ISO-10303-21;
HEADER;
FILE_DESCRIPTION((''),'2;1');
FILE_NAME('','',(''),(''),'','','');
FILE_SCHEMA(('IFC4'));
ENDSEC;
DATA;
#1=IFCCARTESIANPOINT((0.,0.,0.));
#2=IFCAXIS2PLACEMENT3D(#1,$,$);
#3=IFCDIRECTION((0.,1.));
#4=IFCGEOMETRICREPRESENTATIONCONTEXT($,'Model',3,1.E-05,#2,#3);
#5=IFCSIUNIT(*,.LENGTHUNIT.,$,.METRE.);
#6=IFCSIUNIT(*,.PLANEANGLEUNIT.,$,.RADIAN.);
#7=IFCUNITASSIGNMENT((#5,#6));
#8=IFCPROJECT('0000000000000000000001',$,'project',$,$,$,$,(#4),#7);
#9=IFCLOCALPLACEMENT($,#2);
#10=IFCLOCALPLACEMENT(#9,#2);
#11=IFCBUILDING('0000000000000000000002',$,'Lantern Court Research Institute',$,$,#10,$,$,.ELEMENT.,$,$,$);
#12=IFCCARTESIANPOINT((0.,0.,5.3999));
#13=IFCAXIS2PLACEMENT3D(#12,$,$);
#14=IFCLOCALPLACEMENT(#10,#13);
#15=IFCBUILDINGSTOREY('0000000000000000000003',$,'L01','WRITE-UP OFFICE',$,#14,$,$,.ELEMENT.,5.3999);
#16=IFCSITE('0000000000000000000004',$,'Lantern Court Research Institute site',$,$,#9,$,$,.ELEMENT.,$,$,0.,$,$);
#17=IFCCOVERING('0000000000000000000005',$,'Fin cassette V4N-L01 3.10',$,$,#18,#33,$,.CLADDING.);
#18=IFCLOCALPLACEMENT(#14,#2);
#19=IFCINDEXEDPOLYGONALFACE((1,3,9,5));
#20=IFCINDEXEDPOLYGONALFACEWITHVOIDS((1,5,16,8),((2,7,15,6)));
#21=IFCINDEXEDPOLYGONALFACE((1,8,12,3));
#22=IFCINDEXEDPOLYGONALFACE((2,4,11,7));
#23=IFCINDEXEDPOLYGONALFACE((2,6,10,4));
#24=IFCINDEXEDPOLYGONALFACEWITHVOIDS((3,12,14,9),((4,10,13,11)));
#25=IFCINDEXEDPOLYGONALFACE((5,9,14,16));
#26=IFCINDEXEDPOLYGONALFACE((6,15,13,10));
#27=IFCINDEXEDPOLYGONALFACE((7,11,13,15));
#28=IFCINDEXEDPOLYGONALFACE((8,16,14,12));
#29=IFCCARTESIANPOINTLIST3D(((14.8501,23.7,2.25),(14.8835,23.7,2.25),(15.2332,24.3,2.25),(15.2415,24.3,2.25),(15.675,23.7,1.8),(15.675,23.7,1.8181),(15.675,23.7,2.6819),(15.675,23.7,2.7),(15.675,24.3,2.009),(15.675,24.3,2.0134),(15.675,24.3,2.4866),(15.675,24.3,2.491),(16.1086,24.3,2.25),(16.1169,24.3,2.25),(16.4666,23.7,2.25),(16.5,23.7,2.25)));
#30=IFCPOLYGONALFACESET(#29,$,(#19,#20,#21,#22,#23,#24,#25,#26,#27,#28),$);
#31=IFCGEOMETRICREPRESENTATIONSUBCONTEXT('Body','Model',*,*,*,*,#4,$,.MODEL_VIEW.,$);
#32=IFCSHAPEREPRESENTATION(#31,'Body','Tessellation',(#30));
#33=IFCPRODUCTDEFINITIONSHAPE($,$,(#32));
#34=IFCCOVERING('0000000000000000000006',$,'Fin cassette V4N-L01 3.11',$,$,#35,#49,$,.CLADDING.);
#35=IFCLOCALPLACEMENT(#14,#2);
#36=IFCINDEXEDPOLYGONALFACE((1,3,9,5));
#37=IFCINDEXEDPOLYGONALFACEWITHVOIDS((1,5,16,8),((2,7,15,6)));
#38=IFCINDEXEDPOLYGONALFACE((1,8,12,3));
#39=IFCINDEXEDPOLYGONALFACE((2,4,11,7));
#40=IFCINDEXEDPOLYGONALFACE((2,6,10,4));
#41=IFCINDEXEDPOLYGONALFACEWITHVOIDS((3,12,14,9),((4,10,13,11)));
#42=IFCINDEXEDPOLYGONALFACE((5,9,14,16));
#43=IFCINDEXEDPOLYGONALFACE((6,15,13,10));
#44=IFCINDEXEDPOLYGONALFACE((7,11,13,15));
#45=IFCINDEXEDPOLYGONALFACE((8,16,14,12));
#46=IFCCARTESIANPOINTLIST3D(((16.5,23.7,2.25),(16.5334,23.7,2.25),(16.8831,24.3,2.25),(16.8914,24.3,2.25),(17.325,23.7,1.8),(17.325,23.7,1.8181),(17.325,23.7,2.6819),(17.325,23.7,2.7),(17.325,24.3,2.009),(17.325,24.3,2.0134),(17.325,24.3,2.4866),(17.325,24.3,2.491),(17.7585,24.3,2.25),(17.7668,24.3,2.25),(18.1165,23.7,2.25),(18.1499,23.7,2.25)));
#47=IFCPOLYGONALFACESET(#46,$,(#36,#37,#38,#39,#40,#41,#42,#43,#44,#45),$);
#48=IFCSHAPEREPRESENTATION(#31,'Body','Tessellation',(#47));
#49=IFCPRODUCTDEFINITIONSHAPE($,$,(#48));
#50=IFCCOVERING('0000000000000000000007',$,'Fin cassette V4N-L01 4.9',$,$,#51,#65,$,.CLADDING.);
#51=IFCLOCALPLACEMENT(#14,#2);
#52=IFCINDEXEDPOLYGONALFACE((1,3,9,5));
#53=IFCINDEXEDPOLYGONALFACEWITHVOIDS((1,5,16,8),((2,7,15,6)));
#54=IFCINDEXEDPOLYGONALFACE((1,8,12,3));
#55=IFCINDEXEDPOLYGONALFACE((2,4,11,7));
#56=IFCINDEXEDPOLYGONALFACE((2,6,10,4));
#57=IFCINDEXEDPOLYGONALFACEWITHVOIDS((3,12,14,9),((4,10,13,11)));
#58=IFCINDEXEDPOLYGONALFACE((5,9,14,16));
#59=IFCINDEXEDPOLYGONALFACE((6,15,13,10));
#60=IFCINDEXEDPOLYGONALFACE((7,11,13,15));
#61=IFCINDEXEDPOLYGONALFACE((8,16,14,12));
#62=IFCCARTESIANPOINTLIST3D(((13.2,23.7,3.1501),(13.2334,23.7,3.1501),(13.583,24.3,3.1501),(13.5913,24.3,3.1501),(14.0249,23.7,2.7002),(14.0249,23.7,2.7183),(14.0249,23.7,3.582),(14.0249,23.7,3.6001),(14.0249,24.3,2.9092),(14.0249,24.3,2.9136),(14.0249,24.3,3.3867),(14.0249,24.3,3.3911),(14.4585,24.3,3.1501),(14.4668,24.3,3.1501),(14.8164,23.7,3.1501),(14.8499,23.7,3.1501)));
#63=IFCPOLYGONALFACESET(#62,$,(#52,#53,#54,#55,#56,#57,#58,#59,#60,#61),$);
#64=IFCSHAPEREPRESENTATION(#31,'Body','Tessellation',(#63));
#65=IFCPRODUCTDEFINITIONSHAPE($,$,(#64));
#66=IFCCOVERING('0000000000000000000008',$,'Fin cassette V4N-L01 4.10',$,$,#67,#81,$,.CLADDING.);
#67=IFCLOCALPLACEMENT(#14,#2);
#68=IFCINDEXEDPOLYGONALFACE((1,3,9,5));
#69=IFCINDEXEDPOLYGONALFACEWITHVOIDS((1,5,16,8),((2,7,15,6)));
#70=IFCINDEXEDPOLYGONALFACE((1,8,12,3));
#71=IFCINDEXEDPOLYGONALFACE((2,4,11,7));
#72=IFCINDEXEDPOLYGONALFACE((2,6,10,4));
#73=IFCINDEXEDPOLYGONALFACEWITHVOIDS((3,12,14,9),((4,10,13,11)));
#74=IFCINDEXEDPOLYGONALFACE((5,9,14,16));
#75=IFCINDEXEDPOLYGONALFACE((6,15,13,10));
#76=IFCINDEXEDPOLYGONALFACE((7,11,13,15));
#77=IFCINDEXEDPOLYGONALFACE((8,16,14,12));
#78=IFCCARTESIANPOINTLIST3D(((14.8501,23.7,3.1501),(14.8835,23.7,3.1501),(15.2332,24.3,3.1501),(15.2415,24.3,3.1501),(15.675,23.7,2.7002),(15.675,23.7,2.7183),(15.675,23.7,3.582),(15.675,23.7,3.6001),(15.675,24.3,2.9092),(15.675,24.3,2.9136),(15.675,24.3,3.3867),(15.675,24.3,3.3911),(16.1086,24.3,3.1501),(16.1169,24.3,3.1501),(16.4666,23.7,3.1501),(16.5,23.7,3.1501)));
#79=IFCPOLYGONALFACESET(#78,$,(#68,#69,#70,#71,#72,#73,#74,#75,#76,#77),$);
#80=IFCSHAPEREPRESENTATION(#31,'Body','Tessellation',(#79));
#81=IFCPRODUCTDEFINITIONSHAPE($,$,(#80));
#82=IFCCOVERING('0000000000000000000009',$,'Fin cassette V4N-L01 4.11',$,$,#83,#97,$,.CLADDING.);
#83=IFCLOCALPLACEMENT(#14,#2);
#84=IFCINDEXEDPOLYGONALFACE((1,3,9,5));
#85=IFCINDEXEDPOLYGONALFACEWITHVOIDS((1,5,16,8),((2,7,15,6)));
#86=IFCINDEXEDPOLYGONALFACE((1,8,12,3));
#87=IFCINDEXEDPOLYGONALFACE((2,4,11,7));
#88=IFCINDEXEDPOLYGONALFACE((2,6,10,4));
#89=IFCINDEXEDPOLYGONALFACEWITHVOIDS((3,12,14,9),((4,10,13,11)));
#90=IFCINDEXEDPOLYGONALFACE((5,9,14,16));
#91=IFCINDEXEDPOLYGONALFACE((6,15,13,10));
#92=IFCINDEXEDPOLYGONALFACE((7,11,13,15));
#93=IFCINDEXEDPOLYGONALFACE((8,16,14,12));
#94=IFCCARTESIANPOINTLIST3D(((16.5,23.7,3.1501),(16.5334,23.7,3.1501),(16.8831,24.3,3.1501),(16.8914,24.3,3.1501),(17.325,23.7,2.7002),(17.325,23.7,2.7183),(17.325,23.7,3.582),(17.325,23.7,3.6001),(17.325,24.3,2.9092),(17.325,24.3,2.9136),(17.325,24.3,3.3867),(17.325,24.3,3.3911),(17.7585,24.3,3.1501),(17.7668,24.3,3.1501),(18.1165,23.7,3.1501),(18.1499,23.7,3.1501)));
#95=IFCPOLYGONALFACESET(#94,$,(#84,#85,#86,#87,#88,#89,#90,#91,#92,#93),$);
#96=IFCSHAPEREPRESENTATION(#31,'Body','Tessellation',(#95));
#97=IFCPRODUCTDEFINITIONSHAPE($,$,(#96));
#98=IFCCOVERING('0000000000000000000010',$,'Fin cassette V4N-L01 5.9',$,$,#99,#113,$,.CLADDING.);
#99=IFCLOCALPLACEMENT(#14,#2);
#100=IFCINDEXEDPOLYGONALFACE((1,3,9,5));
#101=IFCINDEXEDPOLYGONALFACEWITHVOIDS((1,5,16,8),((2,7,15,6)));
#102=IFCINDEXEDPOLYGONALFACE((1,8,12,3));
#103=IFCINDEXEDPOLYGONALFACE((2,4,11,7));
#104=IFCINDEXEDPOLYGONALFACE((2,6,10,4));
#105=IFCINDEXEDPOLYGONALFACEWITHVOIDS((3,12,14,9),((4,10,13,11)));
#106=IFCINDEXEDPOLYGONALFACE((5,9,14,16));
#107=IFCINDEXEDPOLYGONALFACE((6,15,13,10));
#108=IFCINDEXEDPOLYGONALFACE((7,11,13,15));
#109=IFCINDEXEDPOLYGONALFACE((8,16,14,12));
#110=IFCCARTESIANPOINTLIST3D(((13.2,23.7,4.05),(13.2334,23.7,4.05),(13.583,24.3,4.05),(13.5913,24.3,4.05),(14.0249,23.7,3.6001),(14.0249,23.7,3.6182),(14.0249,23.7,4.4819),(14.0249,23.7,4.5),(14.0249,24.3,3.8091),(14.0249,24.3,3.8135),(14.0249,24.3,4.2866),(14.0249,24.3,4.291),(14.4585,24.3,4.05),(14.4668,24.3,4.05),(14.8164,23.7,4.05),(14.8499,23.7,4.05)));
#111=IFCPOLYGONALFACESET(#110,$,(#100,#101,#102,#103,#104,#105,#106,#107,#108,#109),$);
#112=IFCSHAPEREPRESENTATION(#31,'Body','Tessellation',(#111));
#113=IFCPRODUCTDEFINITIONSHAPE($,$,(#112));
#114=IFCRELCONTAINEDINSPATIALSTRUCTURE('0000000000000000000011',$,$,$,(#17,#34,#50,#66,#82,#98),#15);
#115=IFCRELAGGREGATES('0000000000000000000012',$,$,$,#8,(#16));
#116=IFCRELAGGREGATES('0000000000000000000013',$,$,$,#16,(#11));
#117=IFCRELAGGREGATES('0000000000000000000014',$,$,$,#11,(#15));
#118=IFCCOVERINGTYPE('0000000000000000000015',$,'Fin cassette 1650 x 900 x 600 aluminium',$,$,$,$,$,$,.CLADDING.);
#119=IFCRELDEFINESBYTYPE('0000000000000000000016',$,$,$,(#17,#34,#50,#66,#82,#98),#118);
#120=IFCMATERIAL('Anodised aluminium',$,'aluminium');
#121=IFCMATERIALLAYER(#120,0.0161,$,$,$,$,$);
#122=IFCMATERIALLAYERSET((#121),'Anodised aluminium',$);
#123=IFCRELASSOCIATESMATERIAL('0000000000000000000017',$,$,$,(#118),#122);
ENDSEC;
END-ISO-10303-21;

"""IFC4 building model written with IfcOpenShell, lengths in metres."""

from ifc_helpers import new_model, entity, si_unit, direction, frame, origin, place, context, subcontext, project, spatial, material, layer, layer_set, type_object, element, save


model = new_model("IFC4")

# Units and contexts
model_context = context("Model", 3, precision=1e-05, world=origin(), true_north=direction((0.0, 1.0)))
body_context = subcontext(model_context, "Body", "Model", "MODEL_VIEW")
ifc_project = project(units=[si_unit("LENGTHUNIT", "METRE"), si_unit("PLANEANGLEUNIT", "RADIAN")], contexts=[model_context])

# Site, building, storey
site_placement = place(None, origin())
site = spatial("IfcSite", under=ifc_project, at=site_placement, Name="Lantern Court Research Institute site", CompositionType="ELEMENT", RefElevation=0.0)
building_placement = place(site_placement, origin())
building = spatial("IfcBuilding", under=site, at=building_placement, Name="Lantern Court Research Institute", CompositionType="ELEMENT")
storey_placement = place(building_placement, frame((0.0, 0.0, 5.3999)))
storey = spatial("IfcBuildingStorey", under=building, at=storey_placement, Name="L01", Description="WRITE-UP OFFICE", CompositionType="ELEMENT", Elevation=5.3999)

# Coverings
ifc_material_1 = material(Name="Anodised aluminium", Category="aluminium")
ifc_layer_1 = layer(ifc_material_1, 0.0161)
ifc_layer_set_1 = layer_set([ifc_layer_1], Name="Anodised aluminium")
covering_type = type_object("IfcCoveringType", Name="Fin cassette 1650 x 900 x 600 aluminium", PredefinedType="CLADDING", material=ifc_layer_set_1)
covering_1_placement = place(storey_placement, frame((15.675, 23.7, 2.25), z_axis=(0.0, 1.0, 0.0), x_axis=(-1.0, 0.0, 0.0)))
cartesian_point_1 = entity("IfcCartesianPoint", [0.825, 0.0])
cartesian_point_2 = entity("IfcCartesianPoint", [0.7915, 0.0])
cartesian_point_3 = entity("IfcCartesianPoint", [0.4419, 0.0])
cartesian_point_4 = entity("IfcCartesianPoint", [0.4336, 0.0])
element("IfcCovering", 1, at=covering_1_placement, inside=storey, type_object=covering_type, Name="Fin cassette V4N-L01 3.10", PredefinedType="CLADDING", context=body_context, shape_type="SweptSolid", body=[
    entity("IfcExtrudedAreaSolidTapered", entity("IfcArbitraryProfileDefWithVoids", "AREA", None, entity("IfcPolyline", [cartesian_point_1, entity("IfcCartesianPoint", [0.0, 0.45]), entity("IfcCartesianPoint", [-0.825, 0.0]), entity("IfcCartesianPoint", [0.0, -0.45]), cartesian_point_1]), [entity("IfcPolyline", [cartesian_point_2, entity("IfcCartesianPoint", [0.0, 0.4319]), entity("IfcCartesianPoint", [-0.7915, 0.0]), entity("IfcCartesianPoint", [0.0, -0.4319]), cartesian_point_2])]), entity("IfcAxis2Placement3D", entity("IfcCartesianPoint", [0.0, 0.0, 0.0])), entity("IfcDirection", [0.0, 0.0, 1.0]), 0.6001, entity("IfcArbitraryProfileDefWithVoids", "AREA", None, entity("IfcPolyline", [cartesian_point_3, entity("IfcCartesianPoint", [0.0, 0.241]), entity("IfcCartesianPoint", [-0.4419, 0.0]), entity("IfcCartesianPoint", [0.0, -0.241]), cartesian_point_3]), [entity("IfcPolyline", [cartesian_point_4, entity("IfcCartesianPoint", [0.0, 0.2366]), entity("IfcCartesianPoint", [-0.4336, 0.0]), entity("IfcCartesianPoint", [0.0, -0.2366]), cartesian_point_4])])),
])
covering_2_placement = place(storey_placement, frame((17.325, 23.7, 2.25), z_axis=(0.0, 1.0, 0.0), x_axis=(-1.0, 0.0, 0.0)))
cartesian_point_5 = entity("IfcCartesianPoint", [0.825, 0.0])
cartesian_point_6 = entity("IfcCartesianPoint", [0.7915, 0.0])
cartesian_point_7 = entity("IfcCartesianPoint", [0.4419, 0.0])
cartesian_point_8 = entity("IfcCartesianPoint", [0.4336, 0.0])
element("IfcCovering", 2, at=covering_2_placement, inside=storey, type_object=covering_type, Name="Fin cassette V4N-L01 3.11", PredefinedType="CLADDING", context=body_context, shape_type="SweptSolid", body=[
    entity("IfcExtrudedAreaSolidTapered", entity("IfcArbitraryProfileDefWithVoids", "AREA", None, entity("IfcPolyline", [cartesian_point_5, entity("IfcCartesianPoint", [0.0, 0.45]), entity("IfcCartesianPoint", [-0.825, 0.0]), entity("IfcCartesianPoint", [0.0, -0.45]), cartesian_point_5]), [entity("IfcPolyline", [cartesian_point_6, entity("IfcCartesianPoint", [0.0, 0.4319]), entity("IfcCartesianPoint", [-0.7915, 0.0]), entity("IfcCartesianPoint", [0.0, -0.4319]), cartesian_point_6])]), entity("IfcAxis2Placement3D", entity("IfcCartesianPoint", [0.0, 0.0, 0.0])), entity("IfcDirection", [0.0, 0.0, 1.0]), 0.6001, entity("IfcArbitraryProfileDefWithVoids", "AREA", None, entity("IfcPolyline", [cartesian_point_7, entity("IfcCartesianPoint", [0.0, 0.241]), entity("IfcCartesianPoint", [-0.4419, 0.0]), entity("IfcCartesianPoint", [0.0, -0.241]), cartesian_point_7]), [entity("IfcPolyline", [cartesian_point_8, entity("IfcCartesianPoint", [0.0, 0.2366]), entity("IfcCartesianPoint", [-0.4336, 0.0]), entity("IfcCartesianPoint", [0.0, -0.2366]), cartesian_point_8])])),
])
covering_3_placement = place(storey_placement, frame((14.0249, 23.7, 3.1501), z_axis=(0.0, 1.0, 0.0), x_axis=(-1.0, 0.0, 0.0)))
cartesian_point_9 = entity("IfcCartesianPoint", [0.825, 0.0])
cartesian_point_10 = entity("IfcCartesianPoint", [0.7915, 0.0])
cartesian_point_11 = entity("IfcCartesianPoint", [0.4419, 0.0])
cartesian_point_12 = entity("IfcCartesianPoint", [0.4336, 0.0])
element("IfcCovering", 3, at=covering_3_placement, inside=storey, type_object=covering_type, Name="Fin cassette V4N-L01 4.9", PredefinedType="CLADDING", context=body_context, shape_type="SweptSolid", body=[
    entity("IfcExtrudedAreaSolidTapered", entity("IfcArbitraryProfileDefWithVoids", "AREA", None, entity("IfcPolyline", [cartesian_point_9, entity("IfcCartesianPoint", [0.0, 0.45]), entity("IfcCartesianPoint", [-0.825, 0.0]), entity("IfcCartesianPoint", [0.0, -0.45]), cartesian_point_9]), [entity("IfcPolyline", [cartesian_point_10, entity("IfcCartesianPoint", [0.0, 0.4319]), entity("IfcCartesianPoint", [-0.7915, 0.0]), entity("IfcCartesianPoint", [0.0, -0.4319]), cartesian_point_10])]), entity("IfcAxis2Placement3D", entity("IfcCartesianPoint", [0.0, 0.0, 0.0])), entity("IfcDirection", [0.0, 0.0, 1.0]), 0.6001, entity("IfcArbitraryProfileDefWithVoids", "AREA", None, entity("IfcPolyline", [cartesian_point_11, entity("IfcCartesianPoint", [0.0, 0.241]), entity("IfcCartesianPoint", [-0.4419, 0.0]), entity("IfcCartesianPoint", [0.0, -0.241]), cartesian_point_11]), [entity("IfcPolyline", [cartesian_point_12, entity("IfcCartesianPoint", [0.0, 0.2366]), entity("IfcCartesianPoint", [-0.4336, 0.0]), entity("IfcCartesianPoint", [0.0, -0.2366]), cartesian_point_12])])),
])
covering_4_placement = place(storey_placement, frame((15.675, 23.7, 3.1501), z_axis=(0.0, 1.0, 0.0), x_axis=(-1.0, 0.0, 0.0)))
cartesian_point_13 = entity("IfcCartesianPoint", [0.825, 0.0])
cartesian_point_14 = entity("IfcCartesianPoint", [0.7915, 0.0])
cartesian_point_15 = entity("IfcCartesianPoint", [0.4419, 0.0])
cartesian_point_16 = entity("IfcCartesianPoint", [0.4336, 0.0])
element("IfcCovering", 4, at=covering_4_placement, inside=storey, type_object=covering_type, Name="Fin cassette V4N-L01 4.10", PredefinedType="CLADDING", context=body_context, shape_type="SweptSolid", body=[
    entity("IfcExtrudedAreaSolidTapered", entity("IfcArbitraryProfileDefWithVoids", "AREA", None, entity("IfcPolyline", [cartesian_point_13, entity("IfcCartesianPoint", [0.0, 0.45]), entity("IfcCartesianPoint", [-0.825, 0.0]), entity("IfcCartesianPoint", [0.0, -0.45]), cartesian_point_13]), [entity("IfcPolyline", [cartesian_point_14, entity("IfcCartesianPoint", [0.0, 0.4319]), entity("IfcCartesianPoint", [-0.7915, 0.0]), entity("IfcCartesianPoint", [0.0, -0.4319]), cartesian_point_14])]), entity("IfcAxis2Placement3D", entity("IfcCartesianPoint", [0.0, 0.0, 0.0])), entity("IfcDirection", [0.0, 0.0, 1.0]), 0.6001, entity("IfcArbitraryProfileDefWithVoids", "AREA", None, entity("IfcPolyline", [cartesian_point_15, entity("IfcCartesianPoint", [0.0, 0.241]), entity("IfcCartesianPoint", [-0.4419, 0.0]), entity("IfcCartesianPoint", [0.0, -0.241]), cartesian_point_15]), [entity("IfcPolyline", [cartesian_point_16, entity("IfcCartesianPoint", [0.0, 0.2366]), entity("IfcCartesianPoint", [-0.4336, 0.0]), entity("IfcCartesianPoint", [0.0, -0.2366]), cartesian_point_16])])),
])
covering_5_placement = place(storey_placement, frame((17.325, 23.7, 3.1501), z_axis=(0.0, 1.0, 0.0), x_axis=(-1.0, 0.0, 0.0)))
cartesian_point_17 = entity("IfcCartesianPoint", [0.825, 0.0])
cartesian_point_18 = entity("IfcCartesianPoint", [0.7915, 0.0])
cartesian_point_19 = entity("IfcCartesianPoint", [0.4419, 0.0])
cartesian_point_20 = entity("IfcCartesianPoint", [0.4336, 0.0])
element("IfcCovering", 5, at=covering_5_placement, inside=storey, type_object=covering_type, Name="Fin cassette V4N-L01 4.11", PredefinedType="CLADDING", context=body_context, shape_type="SweptSolid", body=[
    entity("IfcExtrudedAreaSolidTapered", entity("IfcArbitraryProfileDefWithVoids", "AREA", None, entity("IfcPolyline", [cartesian_point_17, entity("IfcCartesianPoint", [0.0, 0.45]), entity("IfcCartesianPoint", [-0.825, 0.0]), entity("IfcCartesianPoint", [0.0, -0.45]), cartesian_point_17]), [entity("IfcPolyline", [cartesian_point_18, entity("IfcCartesianPoint", [0.0, 0.4319]), entity("IfcCartesianPoint", [-0.7915, 0.0]), entity("IfcCartesianPoint", [0.0, -0.4319]), cartesian_point_18])]), entity("IfcAxis2Placement3D", entity("IfcCartesianPoint", [0.0, 0.0, 0.0])), entity("IfcDirection", [0.0, 0.0, 1.0]), 0.6001, entity("IfcArbitraryProfileDefWithVoids", "AREA", None, entity("IfcPolyline", [cartesian_point_19, entity("IfcCartesianPoint", [0.0, 0.241]), entity("IfcCartesianPoint", [-0.4419, 0.0]), entity("IfcCartesianPoint", [0.0, -0.241]), cartesian_point_19]), [entity("IfcPolyline", [cartesian_point_20, entity("IfcCartesianPoint", [0.0, 0.2366]), entity("IfcCartesianPoint", [-0.4336, 0.0]), entity("IfcCartesianPoint", [0.0, -0.2366]), cartesian_point_20])])),
])
covering_6_placement = place(storey_placement, frame((14.0249, 23.7, 4.05), z_axis=(0.0, 1.0, 0.0), x_axis=(-1.0, 0.0, 0.0)))
cartesian_point_21 = entity("IfcCartesianPoint", [0.825, 0.0])
cartesian_point_22 = entity("IfcCartesianPoint", [0.7915, 0.0])
cartesian_point_23 = entity("IfcCartesianPoint", [0.4419, 0.0])
cartesian_point_24 = entity("IfcCartesianPoint", [0.4336, 0.0])
element("IfcCovering", 6, at=covering_6_placement, inside=storey, type_object=covering_type, Name="Fin cassette V4N-L01 5.9", PredefinedType="CLADDING", context=body_context, shape_type="SweptSolid", body=[
    entity("IfcExtrudedAreaSolidTapered", entity("IfcArbitraryProfileDefWithVoids", "AREA", None, entity("IfcPolyline", [cartesian_point_21, entity("IfcCartesianPoint", [0.0, 0.45]), entity("IfcCartesianPoint", [-0.825, 0.0]), entity("IfcCartesianPoint", [0.0, -0.45]), cartesian_point_21]), [entity("IfcPolyline", [cartesian_point_22, entity("IfcCartesianPoint", [0.0, 0.4319]), entity("IfcCartesianPoint", [-0.7915, 0.0]), entity("IfcCartesianPoint", [0.0, -0.4319]), cartesian_point_22])]), entity("IfcAxis2Placement3D", entity("IfcCartesianPoint", [0.0, 0.0, 0.0])), entity("IfcDirection", [0.0, 0.0, 1.0]), 0.6001, entity("IfcArbitraryProfileDefWithVoids", "AREA", None, entity("IfcPolyline", [cartesian_point_23, entity("IfcCartesianPoint", [0.0, 0.241]), entity("IfcCartesianPoint", [-0.4419, 0.0]), entity("IfcCartesianPoint", [0.0, -0.241]), cartesian_point_23]), [entity("IfcPolyline", [cartesian_point_24, entity("IfcCartesianPoint", [0.0, 0.2366]), entity("IfcCartesianPoint", [-0.4336, 0.0]), entity("IfcCartesianPoint", [0.0, -0.2366]), cartesian_point_24])])),
])

save(model, "model.ifc")
